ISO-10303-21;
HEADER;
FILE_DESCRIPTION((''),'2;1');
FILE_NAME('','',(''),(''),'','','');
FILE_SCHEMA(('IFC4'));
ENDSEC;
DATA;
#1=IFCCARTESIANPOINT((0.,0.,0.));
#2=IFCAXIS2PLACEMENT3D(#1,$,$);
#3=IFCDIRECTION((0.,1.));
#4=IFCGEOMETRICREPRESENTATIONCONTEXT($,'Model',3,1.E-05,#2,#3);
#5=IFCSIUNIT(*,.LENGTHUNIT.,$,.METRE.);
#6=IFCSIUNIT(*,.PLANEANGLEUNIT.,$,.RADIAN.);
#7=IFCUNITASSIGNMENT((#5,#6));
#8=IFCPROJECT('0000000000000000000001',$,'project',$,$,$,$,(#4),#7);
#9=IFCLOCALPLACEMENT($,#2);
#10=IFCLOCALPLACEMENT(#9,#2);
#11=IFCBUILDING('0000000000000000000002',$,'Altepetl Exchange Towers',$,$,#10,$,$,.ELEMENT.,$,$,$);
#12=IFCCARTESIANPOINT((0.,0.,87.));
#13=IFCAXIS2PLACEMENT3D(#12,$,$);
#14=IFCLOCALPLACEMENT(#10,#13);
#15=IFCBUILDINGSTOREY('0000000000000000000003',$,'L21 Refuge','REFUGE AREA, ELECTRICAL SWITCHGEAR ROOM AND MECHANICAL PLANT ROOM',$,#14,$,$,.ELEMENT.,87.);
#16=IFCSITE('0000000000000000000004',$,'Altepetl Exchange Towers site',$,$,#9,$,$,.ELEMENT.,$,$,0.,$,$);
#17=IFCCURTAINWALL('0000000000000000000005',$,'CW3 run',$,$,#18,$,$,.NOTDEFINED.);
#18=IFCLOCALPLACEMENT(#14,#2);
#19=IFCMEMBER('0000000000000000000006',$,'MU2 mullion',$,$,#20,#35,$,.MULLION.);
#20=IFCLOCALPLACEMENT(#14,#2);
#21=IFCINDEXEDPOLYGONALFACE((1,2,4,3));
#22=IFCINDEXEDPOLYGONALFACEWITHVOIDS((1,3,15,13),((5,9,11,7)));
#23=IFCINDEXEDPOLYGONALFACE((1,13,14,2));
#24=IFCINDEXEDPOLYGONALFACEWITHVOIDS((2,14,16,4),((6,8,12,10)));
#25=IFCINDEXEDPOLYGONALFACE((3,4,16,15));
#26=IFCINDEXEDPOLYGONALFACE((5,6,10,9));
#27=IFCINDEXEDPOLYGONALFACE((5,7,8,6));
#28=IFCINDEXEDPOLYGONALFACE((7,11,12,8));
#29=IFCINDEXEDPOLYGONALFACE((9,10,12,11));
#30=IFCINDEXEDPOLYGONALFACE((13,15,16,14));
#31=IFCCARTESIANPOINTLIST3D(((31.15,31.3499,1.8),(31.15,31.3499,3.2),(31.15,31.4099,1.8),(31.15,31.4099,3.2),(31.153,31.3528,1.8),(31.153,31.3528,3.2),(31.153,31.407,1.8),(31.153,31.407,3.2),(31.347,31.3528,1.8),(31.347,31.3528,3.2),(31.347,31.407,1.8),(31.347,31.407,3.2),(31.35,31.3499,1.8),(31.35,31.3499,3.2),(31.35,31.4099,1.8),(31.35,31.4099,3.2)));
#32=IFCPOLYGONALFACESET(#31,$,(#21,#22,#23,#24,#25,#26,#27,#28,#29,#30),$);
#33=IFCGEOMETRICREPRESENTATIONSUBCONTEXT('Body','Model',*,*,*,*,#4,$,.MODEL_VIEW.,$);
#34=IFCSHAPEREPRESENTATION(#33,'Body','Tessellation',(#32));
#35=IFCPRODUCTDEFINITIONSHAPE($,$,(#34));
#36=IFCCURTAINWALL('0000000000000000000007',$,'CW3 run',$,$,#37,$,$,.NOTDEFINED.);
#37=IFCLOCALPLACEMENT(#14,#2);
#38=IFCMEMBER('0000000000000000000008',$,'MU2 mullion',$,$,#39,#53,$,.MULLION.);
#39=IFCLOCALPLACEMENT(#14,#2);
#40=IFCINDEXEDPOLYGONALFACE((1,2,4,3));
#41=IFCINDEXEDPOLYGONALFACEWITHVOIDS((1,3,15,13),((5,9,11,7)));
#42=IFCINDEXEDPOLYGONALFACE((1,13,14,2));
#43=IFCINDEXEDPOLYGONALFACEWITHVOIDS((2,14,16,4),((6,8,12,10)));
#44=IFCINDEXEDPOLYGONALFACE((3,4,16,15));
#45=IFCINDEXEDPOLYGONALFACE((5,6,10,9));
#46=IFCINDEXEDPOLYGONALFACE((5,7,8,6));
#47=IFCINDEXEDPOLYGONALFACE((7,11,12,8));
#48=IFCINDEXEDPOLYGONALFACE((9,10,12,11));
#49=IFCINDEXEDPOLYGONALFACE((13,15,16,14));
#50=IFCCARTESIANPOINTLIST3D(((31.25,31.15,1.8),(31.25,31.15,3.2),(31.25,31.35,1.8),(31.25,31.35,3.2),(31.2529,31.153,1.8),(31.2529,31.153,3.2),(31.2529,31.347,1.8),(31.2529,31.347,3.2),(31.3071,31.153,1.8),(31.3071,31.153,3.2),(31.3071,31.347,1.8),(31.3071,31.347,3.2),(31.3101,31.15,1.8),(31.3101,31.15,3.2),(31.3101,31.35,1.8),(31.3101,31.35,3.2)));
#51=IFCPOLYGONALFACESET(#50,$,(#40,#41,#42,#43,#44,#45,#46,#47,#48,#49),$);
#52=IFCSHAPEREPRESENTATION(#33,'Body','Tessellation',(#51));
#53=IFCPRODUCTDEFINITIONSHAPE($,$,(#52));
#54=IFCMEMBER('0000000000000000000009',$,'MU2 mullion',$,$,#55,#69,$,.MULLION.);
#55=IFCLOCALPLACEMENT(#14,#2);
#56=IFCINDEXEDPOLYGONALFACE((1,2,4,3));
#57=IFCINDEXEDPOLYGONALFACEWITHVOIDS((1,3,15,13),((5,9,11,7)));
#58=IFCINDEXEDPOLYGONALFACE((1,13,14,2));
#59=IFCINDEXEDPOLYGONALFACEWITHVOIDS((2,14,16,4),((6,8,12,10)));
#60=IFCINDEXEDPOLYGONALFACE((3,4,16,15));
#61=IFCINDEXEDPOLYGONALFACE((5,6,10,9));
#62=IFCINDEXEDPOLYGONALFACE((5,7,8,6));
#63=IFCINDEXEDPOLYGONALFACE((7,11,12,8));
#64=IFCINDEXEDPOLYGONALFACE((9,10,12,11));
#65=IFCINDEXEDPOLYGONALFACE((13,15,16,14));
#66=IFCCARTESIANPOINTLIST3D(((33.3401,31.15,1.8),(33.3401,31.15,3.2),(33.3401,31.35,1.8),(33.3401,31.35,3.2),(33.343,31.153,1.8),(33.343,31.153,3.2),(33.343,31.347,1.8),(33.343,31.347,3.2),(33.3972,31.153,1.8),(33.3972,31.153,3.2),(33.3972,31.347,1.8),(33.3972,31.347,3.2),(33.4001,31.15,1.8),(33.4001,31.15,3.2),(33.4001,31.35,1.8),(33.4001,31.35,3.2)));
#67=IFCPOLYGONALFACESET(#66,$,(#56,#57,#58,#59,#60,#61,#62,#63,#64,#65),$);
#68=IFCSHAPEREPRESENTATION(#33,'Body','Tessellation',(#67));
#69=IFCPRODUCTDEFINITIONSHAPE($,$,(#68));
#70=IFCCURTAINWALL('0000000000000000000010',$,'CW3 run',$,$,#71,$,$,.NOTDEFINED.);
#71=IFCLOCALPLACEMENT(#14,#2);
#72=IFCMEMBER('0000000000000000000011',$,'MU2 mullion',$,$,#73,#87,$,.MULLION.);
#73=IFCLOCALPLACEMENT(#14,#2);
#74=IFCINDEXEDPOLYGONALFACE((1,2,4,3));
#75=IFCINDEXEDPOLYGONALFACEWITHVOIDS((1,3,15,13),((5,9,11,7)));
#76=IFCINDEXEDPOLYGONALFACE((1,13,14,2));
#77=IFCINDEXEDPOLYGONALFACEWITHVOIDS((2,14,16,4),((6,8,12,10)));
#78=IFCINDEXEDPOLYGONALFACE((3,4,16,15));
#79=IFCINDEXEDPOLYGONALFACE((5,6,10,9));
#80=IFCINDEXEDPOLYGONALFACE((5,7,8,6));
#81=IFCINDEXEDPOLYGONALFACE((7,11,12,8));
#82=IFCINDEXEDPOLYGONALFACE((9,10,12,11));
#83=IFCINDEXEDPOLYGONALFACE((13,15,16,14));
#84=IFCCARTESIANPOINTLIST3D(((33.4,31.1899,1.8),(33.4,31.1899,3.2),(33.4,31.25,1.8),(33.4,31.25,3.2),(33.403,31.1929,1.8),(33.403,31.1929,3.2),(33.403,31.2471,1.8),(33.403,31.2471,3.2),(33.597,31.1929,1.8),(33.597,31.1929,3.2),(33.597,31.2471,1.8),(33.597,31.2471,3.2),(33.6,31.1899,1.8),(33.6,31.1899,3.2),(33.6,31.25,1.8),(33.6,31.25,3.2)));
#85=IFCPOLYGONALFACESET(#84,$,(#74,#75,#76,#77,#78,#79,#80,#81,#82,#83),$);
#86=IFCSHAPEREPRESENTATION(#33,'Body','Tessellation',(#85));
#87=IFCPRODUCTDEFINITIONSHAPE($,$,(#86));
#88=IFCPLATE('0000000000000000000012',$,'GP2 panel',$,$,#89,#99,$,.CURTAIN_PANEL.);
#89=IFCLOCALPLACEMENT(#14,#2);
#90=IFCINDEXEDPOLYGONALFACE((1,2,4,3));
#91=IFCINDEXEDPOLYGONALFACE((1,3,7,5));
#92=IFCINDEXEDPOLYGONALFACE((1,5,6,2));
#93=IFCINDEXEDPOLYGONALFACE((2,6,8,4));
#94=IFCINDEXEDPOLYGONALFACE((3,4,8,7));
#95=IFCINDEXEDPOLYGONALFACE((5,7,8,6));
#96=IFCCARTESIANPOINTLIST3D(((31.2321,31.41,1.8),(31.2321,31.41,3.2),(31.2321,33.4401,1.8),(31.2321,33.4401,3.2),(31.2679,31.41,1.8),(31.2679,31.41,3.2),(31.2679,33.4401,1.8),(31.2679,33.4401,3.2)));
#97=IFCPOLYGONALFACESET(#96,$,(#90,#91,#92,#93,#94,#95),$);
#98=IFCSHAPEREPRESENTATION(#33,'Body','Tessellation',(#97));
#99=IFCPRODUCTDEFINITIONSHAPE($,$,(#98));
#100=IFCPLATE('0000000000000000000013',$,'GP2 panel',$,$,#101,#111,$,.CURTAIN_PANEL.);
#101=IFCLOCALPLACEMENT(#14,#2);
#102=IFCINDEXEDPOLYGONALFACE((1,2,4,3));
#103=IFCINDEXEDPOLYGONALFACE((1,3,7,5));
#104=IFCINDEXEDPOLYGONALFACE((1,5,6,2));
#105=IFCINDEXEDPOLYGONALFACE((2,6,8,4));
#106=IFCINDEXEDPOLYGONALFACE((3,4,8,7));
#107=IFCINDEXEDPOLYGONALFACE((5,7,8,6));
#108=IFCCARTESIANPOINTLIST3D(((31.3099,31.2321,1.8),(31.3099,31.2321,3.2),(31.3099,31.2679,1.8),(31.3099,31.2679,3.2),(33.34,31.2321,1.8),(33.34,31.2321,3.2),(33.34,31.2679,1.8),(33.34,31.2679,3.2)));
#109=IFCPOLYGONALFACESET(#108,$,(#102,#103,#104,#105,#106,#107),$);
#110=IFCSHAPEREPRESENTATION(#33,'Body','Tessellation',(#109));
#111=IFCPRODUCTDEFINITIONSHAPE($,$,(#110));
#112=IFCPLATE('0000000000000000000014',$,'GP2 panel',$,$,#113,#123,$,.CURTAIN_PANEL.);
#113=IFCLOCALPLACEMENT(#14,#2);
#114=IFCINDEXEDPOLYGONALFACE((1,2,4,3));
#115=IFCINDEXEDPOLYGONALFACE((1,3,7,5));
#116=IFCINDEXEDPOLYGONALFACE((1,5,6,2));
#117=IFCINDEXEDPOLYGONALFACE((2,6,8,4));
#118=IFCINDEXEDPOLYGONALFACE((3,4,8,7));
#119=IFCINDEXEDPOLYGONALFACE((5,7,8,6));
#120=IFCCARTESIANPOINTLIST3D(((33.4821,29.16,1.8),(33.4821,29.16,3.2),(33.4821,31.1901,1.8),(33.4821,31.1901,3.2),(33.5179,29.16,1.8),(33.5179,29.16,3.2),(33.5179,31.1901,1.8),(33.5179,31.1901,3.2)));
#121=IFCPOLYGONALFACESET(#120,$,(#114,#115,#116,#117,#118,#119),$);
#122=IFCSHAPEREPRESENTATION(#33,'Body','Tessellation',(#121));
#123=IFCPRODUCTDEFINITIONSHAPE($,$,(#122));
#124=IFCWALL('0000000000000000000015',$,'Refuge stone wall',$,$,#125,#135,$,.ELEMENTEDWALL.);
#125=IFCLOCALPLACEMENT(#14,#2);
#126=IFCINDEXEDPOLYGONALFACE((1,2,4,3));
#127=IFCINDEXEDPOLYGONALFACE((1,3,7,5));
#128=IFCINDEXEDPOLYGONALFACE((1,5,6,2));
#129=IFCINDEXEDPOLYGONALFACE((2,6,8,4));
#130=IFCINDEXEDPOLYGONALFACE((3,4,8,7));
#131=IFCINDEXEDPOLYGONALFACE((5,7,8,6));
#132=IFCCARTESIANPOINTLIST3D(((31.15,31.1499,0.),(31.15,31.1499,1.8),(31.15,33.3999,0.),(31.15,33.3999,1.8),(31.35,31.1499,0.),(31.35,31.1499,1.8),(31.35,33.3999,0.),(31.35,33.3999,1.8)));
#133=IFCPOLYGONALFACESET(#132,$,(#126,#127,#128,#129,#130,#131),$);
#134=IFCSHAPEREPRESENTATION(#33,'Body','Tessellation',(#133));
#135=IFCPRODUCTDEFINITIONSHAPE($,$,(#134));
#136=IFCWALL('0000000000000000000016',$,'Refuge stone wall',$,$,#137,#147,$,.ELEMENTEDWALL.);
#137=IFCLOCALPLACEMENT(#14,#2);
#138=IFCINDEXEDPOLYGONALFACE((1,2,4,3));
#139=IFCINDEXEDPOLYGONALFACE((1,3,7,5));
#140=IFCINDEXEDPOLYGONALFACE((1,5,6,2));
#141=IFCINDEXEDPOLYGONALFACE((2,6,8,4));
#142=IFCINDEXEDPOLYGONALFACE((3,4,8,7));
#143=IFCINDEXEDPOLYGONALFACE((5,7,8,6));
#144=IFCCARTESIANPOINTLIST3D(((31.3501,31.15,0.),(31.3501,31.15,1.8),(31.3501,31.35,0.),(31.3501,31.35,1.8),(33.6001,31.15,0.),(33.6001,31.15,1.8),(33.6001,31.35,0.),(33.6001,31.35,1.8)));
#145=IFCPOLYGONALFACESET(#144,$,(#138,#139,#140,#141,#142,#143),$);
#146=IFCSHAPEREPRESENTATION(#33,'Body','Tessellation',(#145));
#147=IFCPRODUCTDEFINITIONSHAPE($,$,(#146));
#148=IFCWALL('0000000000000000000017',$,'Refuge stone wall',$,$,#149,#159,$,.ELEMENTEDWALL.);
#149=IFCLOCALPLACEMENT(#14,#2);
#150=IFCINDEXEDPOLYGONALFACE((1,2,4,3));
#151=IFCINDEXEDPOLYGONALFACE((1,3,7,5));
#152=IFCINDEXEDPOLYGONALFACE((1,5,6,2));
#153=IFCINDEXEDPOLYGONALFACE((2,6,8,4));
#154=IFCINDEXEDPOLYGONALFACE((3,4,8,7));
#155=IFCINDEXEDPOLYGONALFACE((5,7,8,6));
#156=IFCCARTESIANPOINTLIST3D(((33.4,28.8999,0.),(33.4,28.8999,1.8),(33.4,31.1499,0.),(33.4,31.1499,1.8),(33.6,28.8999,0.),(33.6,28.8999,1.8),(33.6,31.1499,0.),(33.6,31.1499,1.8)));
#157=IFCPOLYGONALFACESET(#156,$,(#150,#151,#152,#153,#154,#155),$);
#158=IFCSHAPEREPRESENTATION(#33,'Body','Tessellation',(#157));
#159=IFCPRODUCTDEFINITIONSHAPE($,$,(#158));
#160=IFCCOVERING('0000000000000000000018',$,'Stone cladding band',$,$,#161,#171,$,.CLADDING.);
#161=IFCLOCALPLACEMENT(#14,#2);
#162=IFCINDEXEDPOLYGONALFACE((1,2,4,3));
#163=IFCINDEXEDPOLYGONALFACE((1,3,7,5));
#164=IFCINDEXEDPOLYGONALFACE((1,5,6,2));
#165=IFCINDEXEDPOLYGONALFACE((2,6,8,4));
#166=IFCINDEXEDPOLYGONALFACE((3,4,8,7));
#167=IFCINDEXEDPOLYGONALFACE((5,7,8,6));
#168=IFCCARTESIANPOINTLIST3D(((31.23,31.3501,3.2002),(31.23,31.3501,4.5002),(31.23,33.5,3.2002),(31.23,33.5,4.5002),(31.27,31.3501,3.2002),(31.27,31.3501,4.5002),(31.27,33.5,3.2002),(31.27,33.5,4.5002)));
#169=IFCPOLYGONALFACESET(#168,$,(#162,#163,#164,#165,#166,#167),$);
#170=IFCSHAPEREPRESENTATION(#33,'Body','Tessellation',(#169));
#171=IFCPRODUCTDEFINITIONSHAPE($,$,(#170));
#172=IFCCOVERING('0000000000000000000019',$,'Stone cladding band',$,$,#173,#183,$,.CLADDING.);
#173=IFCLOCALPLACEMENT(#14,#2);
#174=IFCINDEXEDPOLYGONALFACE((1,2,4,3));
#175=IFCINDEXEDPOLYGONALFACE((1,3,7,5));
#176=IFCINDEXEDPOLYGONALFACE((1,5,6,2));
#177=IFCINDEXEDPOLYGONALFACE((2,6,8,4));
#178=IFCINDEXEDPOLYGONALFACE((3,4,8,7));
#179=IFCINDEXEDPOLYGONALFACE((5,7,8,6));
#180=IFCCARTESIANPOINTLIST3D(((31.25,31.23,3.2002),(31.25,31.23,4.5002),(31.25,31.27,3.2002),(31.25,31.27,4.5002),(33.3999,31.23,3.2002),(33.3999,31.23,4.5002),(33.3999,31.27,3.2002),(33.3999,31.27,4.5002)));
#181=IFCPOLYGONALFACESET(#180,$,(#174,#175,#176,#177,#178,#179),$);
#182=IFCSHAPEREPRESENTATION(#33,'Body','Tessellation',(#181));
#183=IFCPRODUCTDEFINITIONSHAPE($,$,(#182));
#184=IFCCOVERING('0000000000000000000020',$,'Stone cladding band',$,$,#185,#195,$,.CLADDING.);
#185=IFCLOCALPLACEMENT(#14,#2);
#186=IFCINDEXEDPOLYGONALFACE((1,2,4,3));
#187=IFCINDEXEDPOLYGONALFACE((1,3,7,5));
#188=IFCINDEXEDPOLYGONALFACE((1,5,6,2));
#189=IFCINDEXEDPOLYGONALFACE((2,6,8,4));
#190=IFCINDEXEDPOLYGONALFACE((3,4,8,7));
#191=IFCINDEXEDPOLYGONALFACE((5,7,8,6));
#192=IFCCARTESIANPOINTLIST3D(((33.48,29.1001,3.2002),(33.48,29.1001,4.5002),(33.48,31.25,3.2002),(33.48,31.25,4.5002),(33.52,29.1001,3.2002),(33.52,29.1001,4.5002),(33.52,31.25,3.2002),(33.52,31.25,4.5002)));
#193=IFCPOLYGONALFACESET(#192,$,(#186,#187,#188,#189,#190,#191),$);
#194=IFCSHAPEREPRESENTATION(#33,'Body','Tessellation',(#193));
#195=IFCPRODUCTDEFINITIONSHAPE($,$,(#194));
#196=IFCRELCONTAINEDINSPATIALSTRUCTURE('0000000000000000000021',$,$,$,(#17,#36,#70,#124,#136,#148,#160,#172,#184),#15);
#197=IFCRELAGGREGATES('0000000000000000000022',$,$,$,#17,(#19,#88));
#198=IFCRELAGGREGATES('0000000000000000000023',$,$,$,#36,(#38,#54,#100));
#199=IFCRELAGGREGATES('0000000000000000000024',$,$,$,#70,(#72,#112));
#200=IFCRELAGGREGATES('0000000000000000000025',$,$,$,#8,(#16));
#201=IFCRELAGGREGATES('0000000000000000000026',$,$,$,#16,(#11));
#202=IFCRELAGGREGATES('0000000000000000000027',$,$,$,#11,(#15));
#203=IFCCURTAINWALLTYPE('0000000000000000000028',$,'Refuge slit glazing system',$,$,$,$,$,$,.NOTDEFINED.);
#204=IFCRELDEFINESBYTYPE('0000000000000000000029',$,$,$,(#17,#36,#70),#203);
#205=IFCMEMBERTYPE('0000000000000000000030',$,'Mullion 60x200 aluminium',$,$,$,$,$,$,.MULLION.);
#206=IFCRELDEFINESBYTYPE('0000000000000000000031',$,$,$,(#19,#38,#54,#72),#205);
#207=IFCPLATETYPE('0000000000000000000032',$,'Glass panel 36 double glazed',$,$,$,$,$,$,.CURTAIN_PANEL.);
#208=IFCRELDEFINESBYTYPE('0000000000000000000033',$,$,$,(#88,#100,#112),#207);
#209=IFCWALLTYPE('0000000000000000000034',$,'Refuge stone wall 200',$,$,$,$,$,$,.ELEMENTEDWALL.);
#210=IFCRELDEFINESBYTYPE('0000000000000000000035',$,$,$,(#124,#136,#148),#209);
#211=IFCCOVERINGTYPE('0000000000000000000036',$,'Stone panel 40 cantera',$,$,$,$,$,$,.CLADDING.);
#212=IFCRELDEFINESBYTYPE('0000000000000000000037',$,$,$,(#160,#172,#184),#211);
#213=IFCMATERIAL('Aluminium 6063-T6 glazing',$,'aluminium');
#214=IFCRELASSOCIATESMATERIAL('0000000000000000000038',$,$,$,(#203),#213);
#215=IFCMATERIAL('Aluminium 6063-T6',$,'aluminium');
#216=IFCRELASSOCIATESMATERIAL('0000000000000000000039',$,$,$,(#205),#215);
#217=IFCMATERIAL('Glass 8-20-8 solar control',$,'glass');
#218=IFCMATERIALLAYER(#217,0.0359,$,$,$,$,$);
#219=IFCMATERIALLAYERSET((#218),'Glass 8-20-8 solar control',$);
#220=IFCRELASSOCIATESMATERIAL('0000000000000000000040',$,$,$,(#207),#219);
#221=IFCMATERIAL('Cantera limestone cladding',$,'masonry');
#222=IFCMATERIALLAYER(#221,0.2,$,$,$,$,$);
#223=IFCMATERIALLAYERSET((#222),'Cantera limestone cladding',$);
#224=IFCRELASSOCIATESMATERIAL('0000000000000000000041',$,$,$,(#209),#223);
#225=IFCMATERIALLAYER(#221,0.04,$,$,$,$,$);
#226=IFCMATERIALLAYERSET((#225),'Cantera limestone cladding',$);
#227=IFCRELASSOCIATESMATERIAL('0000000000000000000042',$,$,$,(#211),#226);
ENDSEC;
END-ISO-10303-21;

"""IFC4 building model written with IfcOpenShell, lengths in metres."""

from ifc_helpers import new_model, si_unit, direction, frame, frame_2d, origin, origin_2d, place, context, subcontext, project, spatial, rectangle, hollow_rectangle, extrude, material, layer, layer_set, material_profile, profile_set, type_object, element, aggregate, save


model = new_model("IFC4")

# Units and contexts
model_context = context("Model", 3, precision=1e-05, world=origin(), true_north=direction((0.0, 1.0)))
body_context = subcontext(model_context, "Body", "Model", "MODEL_VIEW")
ifc_project = project(units=[si_unit("LENGTHUNIT", "METRE"), si_unit("PLANEANGLEUNIT", "RADIAN")], contexts=[model_context])

# Site, building, storey
site_placement = place(None, origin())
site = spatial("IfcSite", under=ifc_project, at=site_placement, Name="Altepetl Exchange Towers site", CompositionType="ELEMENT", RefElevation=0.0)
building_placement = place(site_placement, origin())
building = spatial("IfcBuilding", under=site, at=building_placement, Name="Altepetl Exchange Towers", CompositionType="ELEMENT")
storey_placement = place(building_placement, frame((0.0, 0.0, 87.0)))
storey = spatial("IfcBuildingStorey", under=building, at=storey_placement, Name="L21 Refuge", Description="REFUGE AREA, ELECTRICAL SWITCHGEAR ROOM AND MECHANICAL PLANT ROOM", CompositionType="ELEMENT", Elevation=87.0)

# Curtain wall, member
ifc_material_1 = material(Name="Aluminium 6063-T6 glazing", Category="aluminium")
curtain_wall_type = type_object("IfcCurtainWallType", Name="Refuge slit glazing system", PredefinedType="NOTDEFINED", material=ifc_material_1)
curtain_wall_1_placement = place(storey_placement, origin())
curtain_wall_1 = element("IfcCurtainWall", 1, at=curtain_wall_1_placement, inside=storey, type_object=curtain_wall_type, Name="CW3 run", PredefinedType="NOTDEFINED")
ifc_material_2 = material(Name="Aluminium 6063-T6", Category="aluminium")
ifc_material_profile = material_profile(ifc_material_2, hollow_rectangle(XDim=0.0601, YDim=0.2, WallThickness=0.0029, at=origin_2d()), Name="Mullion 60x200 aluminium")
ifc_profile_set = profile_set([ifc_material_profile], Name="Aluminium 6063-T6")
member_type = type_object("IfcMemberType", Name="Mullion 60x200 aluminium", PredefinedType="MULLION", material=ifc_profile_set)
member_1_placement = place(storey_placement, frame((31.25, 31.3799, 1.8), z_axis=(0.0, 0.0, 1.0), x_axis=(0.0, -1.0, 0.0)))
member_1 = element("IfcMember", 2, at=member_1_placement, type_object=member_type, Name="MU2 mullion", PredefinedType="MULLION", context=body_context, shape_type="SweptSolid", body=[
    extrude(hollow_rectangle(XDim=0.0601, YDim=0.2, WallThickness=0.0029, at=origin_2d()), origin(), (0.0, 0.0, 1.0), 1.3999),
])

# Curtain wall, members
curtain_wall_2_placement = place(storey_placement, origin())
curtain_wall_2 = element("IfcCurtainWall", 3, at=curtain_wall_2_placement, inside=storey, type_object=curtain_wall_type, Name="CW3 run", PredefinedType="NOTDEFINED")
member_2_placement = place(storey_placement, frame((31.28, 31.25, 1.8)))
member_2 = element("IfcMember", 4, at=member_2_placement, type_object=member_type, Name="MU2 mullion", PredefinedType="MULLION", context=body_context, shape_type="SweptSolid", body=[
    extrude(hollow_rectangle(XDim=0.0601, YDim=0.2, WallThickness=0.0029, at=origin_2d()), origin(), (0.0, 0.0, 1.0), 1.3999),
])
member_3_placement = place(storey_placement, frame((33.3701, 31.25, 1.8)))
member_3 = element("IfcMember", 5, at=member_3_placement, type_object=member_type, Name="MU2 mullion", PredefinedType="MULLION", context=body_context, shape_type="SweptSolid", body=[
    extrude(hollow_rectangle(XDim=0.0601, YDim=0.2, WallThickness=0.0029, at=origin_2d()), origin(), (0.0, 0.0, 1.0), 1.3999),
])

# Curtain wall, member
curtain_wall_3_placement = place(storey_placement, origin())
curtain_wall_3 = element("IfcCurtainWall", 6, at=curtain_wall_3_placement, inside=storey, type_object=curtain_wall_type, Name="CW3 run", PredefinedType="NOTDEFINED")
member_4_placement = place(storey_placement, frame((33.5, 31.22, 1.8), z_axis=(0.0, 0.0, 1.0), x_axis=(0.0, -1.0, 0.0)))
member_4 = element("IfcMember", 7, at=member_4_placement, type_object=member_type, Name="MU2 mullion", PredefinedType="MULLION", context=body_context, shape_type="SweptSolid", body=[
    extrude(hollow_rectangle(XDim=0.0601, YDim=0.2, WallThickness=0.0029, at=origin_2d()), origin(), (0.0, 0.0, 1.0), 1.3999),
])

# Plates
ifc_material_3 = material(Name="Glass 8-20-8 solar control", Category="glass")
ifc_layer_1 = layer(ifc_material_3, 0.0359)
ifc_layer_set_1 = layer_set([ifc_layer_1], Name="Glass 8-20-8 solar control")
plate_type = type_object("IfcPlateType", Name="Glass panel 36 double glazed", PredefinedType="CURTAIN_PANEL", material=ifc_layer_set_1)
plate_1_placement = place(storey_placement, frame((31.25, 32.425, 1.8), z_axis=(0.0, 0.0, 1.0), x_axis=(0.0, -1.0, 0.0)))
plate_1 = element("IfcPlate", 8, at=plate_1_placement, type_object=plate_type, Name="GP2 panel", PredefinedType="CURTAIN_PANEL", context=body_context, shape_type="SweptSolid", body=[
    extrude(rectangle(XDim=2.03, YDim=0.0359, at=origin_2d()), origin(), (0.0, 0.0, 1.0), 1.3999),
])
aggregate(curtain_wall_1, [member_1, plate_1])
plate_2_placement = place(storey_placement, frame((32.325, 31.25, 1.8)))
plate_2 = element("IfcPlate", 9, at=plate_2_placement, type_object=plate_type, Name="GP2 panel", PredefinedType="CURTAIN_PANEL", context=body_context, shape_type="SweptSolid", body=[
    extrude(rectangle(XDim=2.03, YDim=0.0359, at=origin_2d()), origin(), (0.0, 0.0, 1.0), 1.3999),
])
aggregate(curtain_wall_2, [member_2, member_3, plate_2])
plate_3_placement = place(storey_placement, frame((33.5, 30.175, 1.8), z_axis=(0.0, 0.0, 1.0), x_axis=(0.0, -1.0, 0.0)))
plate_3 = element("IfcPlate", 10, at=plate_3_placement, type_object=plate_type, Name="GP2 panel", PredefinedType="CURTAIN_PANEL", context=body_context, shape_type="SweptSolid", body=[
    extrude(rectangle(XDim=2.03, YDim=0.0359, at=origin_2d()), origin(), (0.0, 0.0, 1.0), 1.3999),
])
aggregate(curtain_wall_3, [member_4, plate_3])

# Walls
ifc_material_4 = material(Name="Cantera limestone cladding", Category="masonry")
ifc_layer_2 = layer(ifc_material_4, 0.2)
ifc_layer_set_2 = layer_set([ifc_layer_2], Name="Cantera limestone cladding")
wall_type = type_object("IfcWallType", Name="Refuge stone wall 200", PredefinedType="ELEMENTEDWALL", material=ifc_layer_set_2)
wall_1_placement = place(storey_placement, frame((31.25, 33.3999, 0.0), z_axis=(0.0, 0.0, 1.0), x_axis=(0.0, -1.0, 0.0)))
element("IfcWall", 11, at=wall_1_placement, inside=storey, type_object=wall_type, Name="Refuge stone wall", PredefinedType="ELEMENTEDWALL", context=body_context, shape_type="SweptSolid", body=[
    extrude(rectangle(XDim=2.25, YDim=0.2, at=frame_2d((1.125, 0.0))), origin(), (0.0, 0.0, 1.0), 1.8),
])
wall_2_placement = place(storey_placement, frame((31.3501, 31.25, 0.0)))
element("IfcWall", 12, at=wall_2_placement, inside=storey, type_object=wall_type, Name="Refuge stone wall", PredefinedType="ELEMENTEDWALL", context=body_context, shape_type="SweptSolid", body=[
    extrude(rectangle(XDim=2.25, YDim=0.2, at=frame_2d((1.125, 0.0))), origin(), (0.0, 0.0, 1.0), 1.8),
])
wall_3_placement = place(storey_placement, frame((33.5, 31.1499, 0.0), z_axis=(0.0, 0.0, 1.0), x_axis=(0.0, -1.0, 0.0)))
element("IfcWall", 13, at=wall_3_placement, inside=storey, type_object=wall_type, Name="Refuge stone wall", PredefinedType="ELEMENTEDWALL", context=body_context, shape_type="SweptSolid", body=[
    extrude(rectangle(XDim=2.25, YDim=0.2, at=frame_2d((1.125, 0.0))), origin(), (0.0, 0.0, 1.0), 1.8),
])

# Coverings
ifc_layer_3 = layer(ifc_material_4, 0.04)
ifc_layer_set_3 = layer_set([ifc_layer_3], Name="Cantera limestone cladding")
covering_type = type_object("IfcCoveringType", Name="Stone panel 40 cantera", PredefinedType="CLADDING", material=ifc_layer_set_3)
covering_1_placement = place(storey_placement, frame((31.25, 32.425, 3.2002), z_axis=(0.0, 0.0, 1.0), x_axis=(0.0, -1.0, 0.0)))
element("IfcCovering", 14, at=covering_1_placement, inside=storey, type_object=covering_type, Name="Stone cladding band", PredefinedType="CLADDING", context=body_context, shape_type="SweptSolid", body=[
    extrude(rectangle(XDim=2.1499, YDim=0.04, at=origin_2d()), origin(), (0.0, 0.0, 1.0), 1.3),
])
covering_2_placement = place(storey_placement, frame((32.325, 31.25, 3.2002)))
element("IfcCovering", 15, at=covering_2_placement, inside=storey, type_object=covering_type, Name="Stone cladding band", PredefinedType="CLADDING", context=body_context, shape_type="SweptSolid", body=[
    extrude(rectangle(XDim=2.1499, YDim=0.04, at=origin_2d()), origin(), (0.0, 0.0, 1.0), 1.3),
])
covering_3_placement = place(storey_placement, frame((33.5, 30.175, 3.2002), z_axis=(0.0, 0.0, 1.0), x_axis=(0.0, -1.0, 0.0)))
element("IfcCovering", 16, at=covering_3_placement, inside=storey, type_object=covering_type, Name="Stone cladding band", PredefinedType="CLADDING", context=body_context, shape_type="SweptSolid", body=[
    extrude(rectangle(XDim=2.1499, YDim=0.04, at=origin_2d()), origin(), (0.0, 0.0, 1.0), 1.3),
])

save(model, "model.ifc")
